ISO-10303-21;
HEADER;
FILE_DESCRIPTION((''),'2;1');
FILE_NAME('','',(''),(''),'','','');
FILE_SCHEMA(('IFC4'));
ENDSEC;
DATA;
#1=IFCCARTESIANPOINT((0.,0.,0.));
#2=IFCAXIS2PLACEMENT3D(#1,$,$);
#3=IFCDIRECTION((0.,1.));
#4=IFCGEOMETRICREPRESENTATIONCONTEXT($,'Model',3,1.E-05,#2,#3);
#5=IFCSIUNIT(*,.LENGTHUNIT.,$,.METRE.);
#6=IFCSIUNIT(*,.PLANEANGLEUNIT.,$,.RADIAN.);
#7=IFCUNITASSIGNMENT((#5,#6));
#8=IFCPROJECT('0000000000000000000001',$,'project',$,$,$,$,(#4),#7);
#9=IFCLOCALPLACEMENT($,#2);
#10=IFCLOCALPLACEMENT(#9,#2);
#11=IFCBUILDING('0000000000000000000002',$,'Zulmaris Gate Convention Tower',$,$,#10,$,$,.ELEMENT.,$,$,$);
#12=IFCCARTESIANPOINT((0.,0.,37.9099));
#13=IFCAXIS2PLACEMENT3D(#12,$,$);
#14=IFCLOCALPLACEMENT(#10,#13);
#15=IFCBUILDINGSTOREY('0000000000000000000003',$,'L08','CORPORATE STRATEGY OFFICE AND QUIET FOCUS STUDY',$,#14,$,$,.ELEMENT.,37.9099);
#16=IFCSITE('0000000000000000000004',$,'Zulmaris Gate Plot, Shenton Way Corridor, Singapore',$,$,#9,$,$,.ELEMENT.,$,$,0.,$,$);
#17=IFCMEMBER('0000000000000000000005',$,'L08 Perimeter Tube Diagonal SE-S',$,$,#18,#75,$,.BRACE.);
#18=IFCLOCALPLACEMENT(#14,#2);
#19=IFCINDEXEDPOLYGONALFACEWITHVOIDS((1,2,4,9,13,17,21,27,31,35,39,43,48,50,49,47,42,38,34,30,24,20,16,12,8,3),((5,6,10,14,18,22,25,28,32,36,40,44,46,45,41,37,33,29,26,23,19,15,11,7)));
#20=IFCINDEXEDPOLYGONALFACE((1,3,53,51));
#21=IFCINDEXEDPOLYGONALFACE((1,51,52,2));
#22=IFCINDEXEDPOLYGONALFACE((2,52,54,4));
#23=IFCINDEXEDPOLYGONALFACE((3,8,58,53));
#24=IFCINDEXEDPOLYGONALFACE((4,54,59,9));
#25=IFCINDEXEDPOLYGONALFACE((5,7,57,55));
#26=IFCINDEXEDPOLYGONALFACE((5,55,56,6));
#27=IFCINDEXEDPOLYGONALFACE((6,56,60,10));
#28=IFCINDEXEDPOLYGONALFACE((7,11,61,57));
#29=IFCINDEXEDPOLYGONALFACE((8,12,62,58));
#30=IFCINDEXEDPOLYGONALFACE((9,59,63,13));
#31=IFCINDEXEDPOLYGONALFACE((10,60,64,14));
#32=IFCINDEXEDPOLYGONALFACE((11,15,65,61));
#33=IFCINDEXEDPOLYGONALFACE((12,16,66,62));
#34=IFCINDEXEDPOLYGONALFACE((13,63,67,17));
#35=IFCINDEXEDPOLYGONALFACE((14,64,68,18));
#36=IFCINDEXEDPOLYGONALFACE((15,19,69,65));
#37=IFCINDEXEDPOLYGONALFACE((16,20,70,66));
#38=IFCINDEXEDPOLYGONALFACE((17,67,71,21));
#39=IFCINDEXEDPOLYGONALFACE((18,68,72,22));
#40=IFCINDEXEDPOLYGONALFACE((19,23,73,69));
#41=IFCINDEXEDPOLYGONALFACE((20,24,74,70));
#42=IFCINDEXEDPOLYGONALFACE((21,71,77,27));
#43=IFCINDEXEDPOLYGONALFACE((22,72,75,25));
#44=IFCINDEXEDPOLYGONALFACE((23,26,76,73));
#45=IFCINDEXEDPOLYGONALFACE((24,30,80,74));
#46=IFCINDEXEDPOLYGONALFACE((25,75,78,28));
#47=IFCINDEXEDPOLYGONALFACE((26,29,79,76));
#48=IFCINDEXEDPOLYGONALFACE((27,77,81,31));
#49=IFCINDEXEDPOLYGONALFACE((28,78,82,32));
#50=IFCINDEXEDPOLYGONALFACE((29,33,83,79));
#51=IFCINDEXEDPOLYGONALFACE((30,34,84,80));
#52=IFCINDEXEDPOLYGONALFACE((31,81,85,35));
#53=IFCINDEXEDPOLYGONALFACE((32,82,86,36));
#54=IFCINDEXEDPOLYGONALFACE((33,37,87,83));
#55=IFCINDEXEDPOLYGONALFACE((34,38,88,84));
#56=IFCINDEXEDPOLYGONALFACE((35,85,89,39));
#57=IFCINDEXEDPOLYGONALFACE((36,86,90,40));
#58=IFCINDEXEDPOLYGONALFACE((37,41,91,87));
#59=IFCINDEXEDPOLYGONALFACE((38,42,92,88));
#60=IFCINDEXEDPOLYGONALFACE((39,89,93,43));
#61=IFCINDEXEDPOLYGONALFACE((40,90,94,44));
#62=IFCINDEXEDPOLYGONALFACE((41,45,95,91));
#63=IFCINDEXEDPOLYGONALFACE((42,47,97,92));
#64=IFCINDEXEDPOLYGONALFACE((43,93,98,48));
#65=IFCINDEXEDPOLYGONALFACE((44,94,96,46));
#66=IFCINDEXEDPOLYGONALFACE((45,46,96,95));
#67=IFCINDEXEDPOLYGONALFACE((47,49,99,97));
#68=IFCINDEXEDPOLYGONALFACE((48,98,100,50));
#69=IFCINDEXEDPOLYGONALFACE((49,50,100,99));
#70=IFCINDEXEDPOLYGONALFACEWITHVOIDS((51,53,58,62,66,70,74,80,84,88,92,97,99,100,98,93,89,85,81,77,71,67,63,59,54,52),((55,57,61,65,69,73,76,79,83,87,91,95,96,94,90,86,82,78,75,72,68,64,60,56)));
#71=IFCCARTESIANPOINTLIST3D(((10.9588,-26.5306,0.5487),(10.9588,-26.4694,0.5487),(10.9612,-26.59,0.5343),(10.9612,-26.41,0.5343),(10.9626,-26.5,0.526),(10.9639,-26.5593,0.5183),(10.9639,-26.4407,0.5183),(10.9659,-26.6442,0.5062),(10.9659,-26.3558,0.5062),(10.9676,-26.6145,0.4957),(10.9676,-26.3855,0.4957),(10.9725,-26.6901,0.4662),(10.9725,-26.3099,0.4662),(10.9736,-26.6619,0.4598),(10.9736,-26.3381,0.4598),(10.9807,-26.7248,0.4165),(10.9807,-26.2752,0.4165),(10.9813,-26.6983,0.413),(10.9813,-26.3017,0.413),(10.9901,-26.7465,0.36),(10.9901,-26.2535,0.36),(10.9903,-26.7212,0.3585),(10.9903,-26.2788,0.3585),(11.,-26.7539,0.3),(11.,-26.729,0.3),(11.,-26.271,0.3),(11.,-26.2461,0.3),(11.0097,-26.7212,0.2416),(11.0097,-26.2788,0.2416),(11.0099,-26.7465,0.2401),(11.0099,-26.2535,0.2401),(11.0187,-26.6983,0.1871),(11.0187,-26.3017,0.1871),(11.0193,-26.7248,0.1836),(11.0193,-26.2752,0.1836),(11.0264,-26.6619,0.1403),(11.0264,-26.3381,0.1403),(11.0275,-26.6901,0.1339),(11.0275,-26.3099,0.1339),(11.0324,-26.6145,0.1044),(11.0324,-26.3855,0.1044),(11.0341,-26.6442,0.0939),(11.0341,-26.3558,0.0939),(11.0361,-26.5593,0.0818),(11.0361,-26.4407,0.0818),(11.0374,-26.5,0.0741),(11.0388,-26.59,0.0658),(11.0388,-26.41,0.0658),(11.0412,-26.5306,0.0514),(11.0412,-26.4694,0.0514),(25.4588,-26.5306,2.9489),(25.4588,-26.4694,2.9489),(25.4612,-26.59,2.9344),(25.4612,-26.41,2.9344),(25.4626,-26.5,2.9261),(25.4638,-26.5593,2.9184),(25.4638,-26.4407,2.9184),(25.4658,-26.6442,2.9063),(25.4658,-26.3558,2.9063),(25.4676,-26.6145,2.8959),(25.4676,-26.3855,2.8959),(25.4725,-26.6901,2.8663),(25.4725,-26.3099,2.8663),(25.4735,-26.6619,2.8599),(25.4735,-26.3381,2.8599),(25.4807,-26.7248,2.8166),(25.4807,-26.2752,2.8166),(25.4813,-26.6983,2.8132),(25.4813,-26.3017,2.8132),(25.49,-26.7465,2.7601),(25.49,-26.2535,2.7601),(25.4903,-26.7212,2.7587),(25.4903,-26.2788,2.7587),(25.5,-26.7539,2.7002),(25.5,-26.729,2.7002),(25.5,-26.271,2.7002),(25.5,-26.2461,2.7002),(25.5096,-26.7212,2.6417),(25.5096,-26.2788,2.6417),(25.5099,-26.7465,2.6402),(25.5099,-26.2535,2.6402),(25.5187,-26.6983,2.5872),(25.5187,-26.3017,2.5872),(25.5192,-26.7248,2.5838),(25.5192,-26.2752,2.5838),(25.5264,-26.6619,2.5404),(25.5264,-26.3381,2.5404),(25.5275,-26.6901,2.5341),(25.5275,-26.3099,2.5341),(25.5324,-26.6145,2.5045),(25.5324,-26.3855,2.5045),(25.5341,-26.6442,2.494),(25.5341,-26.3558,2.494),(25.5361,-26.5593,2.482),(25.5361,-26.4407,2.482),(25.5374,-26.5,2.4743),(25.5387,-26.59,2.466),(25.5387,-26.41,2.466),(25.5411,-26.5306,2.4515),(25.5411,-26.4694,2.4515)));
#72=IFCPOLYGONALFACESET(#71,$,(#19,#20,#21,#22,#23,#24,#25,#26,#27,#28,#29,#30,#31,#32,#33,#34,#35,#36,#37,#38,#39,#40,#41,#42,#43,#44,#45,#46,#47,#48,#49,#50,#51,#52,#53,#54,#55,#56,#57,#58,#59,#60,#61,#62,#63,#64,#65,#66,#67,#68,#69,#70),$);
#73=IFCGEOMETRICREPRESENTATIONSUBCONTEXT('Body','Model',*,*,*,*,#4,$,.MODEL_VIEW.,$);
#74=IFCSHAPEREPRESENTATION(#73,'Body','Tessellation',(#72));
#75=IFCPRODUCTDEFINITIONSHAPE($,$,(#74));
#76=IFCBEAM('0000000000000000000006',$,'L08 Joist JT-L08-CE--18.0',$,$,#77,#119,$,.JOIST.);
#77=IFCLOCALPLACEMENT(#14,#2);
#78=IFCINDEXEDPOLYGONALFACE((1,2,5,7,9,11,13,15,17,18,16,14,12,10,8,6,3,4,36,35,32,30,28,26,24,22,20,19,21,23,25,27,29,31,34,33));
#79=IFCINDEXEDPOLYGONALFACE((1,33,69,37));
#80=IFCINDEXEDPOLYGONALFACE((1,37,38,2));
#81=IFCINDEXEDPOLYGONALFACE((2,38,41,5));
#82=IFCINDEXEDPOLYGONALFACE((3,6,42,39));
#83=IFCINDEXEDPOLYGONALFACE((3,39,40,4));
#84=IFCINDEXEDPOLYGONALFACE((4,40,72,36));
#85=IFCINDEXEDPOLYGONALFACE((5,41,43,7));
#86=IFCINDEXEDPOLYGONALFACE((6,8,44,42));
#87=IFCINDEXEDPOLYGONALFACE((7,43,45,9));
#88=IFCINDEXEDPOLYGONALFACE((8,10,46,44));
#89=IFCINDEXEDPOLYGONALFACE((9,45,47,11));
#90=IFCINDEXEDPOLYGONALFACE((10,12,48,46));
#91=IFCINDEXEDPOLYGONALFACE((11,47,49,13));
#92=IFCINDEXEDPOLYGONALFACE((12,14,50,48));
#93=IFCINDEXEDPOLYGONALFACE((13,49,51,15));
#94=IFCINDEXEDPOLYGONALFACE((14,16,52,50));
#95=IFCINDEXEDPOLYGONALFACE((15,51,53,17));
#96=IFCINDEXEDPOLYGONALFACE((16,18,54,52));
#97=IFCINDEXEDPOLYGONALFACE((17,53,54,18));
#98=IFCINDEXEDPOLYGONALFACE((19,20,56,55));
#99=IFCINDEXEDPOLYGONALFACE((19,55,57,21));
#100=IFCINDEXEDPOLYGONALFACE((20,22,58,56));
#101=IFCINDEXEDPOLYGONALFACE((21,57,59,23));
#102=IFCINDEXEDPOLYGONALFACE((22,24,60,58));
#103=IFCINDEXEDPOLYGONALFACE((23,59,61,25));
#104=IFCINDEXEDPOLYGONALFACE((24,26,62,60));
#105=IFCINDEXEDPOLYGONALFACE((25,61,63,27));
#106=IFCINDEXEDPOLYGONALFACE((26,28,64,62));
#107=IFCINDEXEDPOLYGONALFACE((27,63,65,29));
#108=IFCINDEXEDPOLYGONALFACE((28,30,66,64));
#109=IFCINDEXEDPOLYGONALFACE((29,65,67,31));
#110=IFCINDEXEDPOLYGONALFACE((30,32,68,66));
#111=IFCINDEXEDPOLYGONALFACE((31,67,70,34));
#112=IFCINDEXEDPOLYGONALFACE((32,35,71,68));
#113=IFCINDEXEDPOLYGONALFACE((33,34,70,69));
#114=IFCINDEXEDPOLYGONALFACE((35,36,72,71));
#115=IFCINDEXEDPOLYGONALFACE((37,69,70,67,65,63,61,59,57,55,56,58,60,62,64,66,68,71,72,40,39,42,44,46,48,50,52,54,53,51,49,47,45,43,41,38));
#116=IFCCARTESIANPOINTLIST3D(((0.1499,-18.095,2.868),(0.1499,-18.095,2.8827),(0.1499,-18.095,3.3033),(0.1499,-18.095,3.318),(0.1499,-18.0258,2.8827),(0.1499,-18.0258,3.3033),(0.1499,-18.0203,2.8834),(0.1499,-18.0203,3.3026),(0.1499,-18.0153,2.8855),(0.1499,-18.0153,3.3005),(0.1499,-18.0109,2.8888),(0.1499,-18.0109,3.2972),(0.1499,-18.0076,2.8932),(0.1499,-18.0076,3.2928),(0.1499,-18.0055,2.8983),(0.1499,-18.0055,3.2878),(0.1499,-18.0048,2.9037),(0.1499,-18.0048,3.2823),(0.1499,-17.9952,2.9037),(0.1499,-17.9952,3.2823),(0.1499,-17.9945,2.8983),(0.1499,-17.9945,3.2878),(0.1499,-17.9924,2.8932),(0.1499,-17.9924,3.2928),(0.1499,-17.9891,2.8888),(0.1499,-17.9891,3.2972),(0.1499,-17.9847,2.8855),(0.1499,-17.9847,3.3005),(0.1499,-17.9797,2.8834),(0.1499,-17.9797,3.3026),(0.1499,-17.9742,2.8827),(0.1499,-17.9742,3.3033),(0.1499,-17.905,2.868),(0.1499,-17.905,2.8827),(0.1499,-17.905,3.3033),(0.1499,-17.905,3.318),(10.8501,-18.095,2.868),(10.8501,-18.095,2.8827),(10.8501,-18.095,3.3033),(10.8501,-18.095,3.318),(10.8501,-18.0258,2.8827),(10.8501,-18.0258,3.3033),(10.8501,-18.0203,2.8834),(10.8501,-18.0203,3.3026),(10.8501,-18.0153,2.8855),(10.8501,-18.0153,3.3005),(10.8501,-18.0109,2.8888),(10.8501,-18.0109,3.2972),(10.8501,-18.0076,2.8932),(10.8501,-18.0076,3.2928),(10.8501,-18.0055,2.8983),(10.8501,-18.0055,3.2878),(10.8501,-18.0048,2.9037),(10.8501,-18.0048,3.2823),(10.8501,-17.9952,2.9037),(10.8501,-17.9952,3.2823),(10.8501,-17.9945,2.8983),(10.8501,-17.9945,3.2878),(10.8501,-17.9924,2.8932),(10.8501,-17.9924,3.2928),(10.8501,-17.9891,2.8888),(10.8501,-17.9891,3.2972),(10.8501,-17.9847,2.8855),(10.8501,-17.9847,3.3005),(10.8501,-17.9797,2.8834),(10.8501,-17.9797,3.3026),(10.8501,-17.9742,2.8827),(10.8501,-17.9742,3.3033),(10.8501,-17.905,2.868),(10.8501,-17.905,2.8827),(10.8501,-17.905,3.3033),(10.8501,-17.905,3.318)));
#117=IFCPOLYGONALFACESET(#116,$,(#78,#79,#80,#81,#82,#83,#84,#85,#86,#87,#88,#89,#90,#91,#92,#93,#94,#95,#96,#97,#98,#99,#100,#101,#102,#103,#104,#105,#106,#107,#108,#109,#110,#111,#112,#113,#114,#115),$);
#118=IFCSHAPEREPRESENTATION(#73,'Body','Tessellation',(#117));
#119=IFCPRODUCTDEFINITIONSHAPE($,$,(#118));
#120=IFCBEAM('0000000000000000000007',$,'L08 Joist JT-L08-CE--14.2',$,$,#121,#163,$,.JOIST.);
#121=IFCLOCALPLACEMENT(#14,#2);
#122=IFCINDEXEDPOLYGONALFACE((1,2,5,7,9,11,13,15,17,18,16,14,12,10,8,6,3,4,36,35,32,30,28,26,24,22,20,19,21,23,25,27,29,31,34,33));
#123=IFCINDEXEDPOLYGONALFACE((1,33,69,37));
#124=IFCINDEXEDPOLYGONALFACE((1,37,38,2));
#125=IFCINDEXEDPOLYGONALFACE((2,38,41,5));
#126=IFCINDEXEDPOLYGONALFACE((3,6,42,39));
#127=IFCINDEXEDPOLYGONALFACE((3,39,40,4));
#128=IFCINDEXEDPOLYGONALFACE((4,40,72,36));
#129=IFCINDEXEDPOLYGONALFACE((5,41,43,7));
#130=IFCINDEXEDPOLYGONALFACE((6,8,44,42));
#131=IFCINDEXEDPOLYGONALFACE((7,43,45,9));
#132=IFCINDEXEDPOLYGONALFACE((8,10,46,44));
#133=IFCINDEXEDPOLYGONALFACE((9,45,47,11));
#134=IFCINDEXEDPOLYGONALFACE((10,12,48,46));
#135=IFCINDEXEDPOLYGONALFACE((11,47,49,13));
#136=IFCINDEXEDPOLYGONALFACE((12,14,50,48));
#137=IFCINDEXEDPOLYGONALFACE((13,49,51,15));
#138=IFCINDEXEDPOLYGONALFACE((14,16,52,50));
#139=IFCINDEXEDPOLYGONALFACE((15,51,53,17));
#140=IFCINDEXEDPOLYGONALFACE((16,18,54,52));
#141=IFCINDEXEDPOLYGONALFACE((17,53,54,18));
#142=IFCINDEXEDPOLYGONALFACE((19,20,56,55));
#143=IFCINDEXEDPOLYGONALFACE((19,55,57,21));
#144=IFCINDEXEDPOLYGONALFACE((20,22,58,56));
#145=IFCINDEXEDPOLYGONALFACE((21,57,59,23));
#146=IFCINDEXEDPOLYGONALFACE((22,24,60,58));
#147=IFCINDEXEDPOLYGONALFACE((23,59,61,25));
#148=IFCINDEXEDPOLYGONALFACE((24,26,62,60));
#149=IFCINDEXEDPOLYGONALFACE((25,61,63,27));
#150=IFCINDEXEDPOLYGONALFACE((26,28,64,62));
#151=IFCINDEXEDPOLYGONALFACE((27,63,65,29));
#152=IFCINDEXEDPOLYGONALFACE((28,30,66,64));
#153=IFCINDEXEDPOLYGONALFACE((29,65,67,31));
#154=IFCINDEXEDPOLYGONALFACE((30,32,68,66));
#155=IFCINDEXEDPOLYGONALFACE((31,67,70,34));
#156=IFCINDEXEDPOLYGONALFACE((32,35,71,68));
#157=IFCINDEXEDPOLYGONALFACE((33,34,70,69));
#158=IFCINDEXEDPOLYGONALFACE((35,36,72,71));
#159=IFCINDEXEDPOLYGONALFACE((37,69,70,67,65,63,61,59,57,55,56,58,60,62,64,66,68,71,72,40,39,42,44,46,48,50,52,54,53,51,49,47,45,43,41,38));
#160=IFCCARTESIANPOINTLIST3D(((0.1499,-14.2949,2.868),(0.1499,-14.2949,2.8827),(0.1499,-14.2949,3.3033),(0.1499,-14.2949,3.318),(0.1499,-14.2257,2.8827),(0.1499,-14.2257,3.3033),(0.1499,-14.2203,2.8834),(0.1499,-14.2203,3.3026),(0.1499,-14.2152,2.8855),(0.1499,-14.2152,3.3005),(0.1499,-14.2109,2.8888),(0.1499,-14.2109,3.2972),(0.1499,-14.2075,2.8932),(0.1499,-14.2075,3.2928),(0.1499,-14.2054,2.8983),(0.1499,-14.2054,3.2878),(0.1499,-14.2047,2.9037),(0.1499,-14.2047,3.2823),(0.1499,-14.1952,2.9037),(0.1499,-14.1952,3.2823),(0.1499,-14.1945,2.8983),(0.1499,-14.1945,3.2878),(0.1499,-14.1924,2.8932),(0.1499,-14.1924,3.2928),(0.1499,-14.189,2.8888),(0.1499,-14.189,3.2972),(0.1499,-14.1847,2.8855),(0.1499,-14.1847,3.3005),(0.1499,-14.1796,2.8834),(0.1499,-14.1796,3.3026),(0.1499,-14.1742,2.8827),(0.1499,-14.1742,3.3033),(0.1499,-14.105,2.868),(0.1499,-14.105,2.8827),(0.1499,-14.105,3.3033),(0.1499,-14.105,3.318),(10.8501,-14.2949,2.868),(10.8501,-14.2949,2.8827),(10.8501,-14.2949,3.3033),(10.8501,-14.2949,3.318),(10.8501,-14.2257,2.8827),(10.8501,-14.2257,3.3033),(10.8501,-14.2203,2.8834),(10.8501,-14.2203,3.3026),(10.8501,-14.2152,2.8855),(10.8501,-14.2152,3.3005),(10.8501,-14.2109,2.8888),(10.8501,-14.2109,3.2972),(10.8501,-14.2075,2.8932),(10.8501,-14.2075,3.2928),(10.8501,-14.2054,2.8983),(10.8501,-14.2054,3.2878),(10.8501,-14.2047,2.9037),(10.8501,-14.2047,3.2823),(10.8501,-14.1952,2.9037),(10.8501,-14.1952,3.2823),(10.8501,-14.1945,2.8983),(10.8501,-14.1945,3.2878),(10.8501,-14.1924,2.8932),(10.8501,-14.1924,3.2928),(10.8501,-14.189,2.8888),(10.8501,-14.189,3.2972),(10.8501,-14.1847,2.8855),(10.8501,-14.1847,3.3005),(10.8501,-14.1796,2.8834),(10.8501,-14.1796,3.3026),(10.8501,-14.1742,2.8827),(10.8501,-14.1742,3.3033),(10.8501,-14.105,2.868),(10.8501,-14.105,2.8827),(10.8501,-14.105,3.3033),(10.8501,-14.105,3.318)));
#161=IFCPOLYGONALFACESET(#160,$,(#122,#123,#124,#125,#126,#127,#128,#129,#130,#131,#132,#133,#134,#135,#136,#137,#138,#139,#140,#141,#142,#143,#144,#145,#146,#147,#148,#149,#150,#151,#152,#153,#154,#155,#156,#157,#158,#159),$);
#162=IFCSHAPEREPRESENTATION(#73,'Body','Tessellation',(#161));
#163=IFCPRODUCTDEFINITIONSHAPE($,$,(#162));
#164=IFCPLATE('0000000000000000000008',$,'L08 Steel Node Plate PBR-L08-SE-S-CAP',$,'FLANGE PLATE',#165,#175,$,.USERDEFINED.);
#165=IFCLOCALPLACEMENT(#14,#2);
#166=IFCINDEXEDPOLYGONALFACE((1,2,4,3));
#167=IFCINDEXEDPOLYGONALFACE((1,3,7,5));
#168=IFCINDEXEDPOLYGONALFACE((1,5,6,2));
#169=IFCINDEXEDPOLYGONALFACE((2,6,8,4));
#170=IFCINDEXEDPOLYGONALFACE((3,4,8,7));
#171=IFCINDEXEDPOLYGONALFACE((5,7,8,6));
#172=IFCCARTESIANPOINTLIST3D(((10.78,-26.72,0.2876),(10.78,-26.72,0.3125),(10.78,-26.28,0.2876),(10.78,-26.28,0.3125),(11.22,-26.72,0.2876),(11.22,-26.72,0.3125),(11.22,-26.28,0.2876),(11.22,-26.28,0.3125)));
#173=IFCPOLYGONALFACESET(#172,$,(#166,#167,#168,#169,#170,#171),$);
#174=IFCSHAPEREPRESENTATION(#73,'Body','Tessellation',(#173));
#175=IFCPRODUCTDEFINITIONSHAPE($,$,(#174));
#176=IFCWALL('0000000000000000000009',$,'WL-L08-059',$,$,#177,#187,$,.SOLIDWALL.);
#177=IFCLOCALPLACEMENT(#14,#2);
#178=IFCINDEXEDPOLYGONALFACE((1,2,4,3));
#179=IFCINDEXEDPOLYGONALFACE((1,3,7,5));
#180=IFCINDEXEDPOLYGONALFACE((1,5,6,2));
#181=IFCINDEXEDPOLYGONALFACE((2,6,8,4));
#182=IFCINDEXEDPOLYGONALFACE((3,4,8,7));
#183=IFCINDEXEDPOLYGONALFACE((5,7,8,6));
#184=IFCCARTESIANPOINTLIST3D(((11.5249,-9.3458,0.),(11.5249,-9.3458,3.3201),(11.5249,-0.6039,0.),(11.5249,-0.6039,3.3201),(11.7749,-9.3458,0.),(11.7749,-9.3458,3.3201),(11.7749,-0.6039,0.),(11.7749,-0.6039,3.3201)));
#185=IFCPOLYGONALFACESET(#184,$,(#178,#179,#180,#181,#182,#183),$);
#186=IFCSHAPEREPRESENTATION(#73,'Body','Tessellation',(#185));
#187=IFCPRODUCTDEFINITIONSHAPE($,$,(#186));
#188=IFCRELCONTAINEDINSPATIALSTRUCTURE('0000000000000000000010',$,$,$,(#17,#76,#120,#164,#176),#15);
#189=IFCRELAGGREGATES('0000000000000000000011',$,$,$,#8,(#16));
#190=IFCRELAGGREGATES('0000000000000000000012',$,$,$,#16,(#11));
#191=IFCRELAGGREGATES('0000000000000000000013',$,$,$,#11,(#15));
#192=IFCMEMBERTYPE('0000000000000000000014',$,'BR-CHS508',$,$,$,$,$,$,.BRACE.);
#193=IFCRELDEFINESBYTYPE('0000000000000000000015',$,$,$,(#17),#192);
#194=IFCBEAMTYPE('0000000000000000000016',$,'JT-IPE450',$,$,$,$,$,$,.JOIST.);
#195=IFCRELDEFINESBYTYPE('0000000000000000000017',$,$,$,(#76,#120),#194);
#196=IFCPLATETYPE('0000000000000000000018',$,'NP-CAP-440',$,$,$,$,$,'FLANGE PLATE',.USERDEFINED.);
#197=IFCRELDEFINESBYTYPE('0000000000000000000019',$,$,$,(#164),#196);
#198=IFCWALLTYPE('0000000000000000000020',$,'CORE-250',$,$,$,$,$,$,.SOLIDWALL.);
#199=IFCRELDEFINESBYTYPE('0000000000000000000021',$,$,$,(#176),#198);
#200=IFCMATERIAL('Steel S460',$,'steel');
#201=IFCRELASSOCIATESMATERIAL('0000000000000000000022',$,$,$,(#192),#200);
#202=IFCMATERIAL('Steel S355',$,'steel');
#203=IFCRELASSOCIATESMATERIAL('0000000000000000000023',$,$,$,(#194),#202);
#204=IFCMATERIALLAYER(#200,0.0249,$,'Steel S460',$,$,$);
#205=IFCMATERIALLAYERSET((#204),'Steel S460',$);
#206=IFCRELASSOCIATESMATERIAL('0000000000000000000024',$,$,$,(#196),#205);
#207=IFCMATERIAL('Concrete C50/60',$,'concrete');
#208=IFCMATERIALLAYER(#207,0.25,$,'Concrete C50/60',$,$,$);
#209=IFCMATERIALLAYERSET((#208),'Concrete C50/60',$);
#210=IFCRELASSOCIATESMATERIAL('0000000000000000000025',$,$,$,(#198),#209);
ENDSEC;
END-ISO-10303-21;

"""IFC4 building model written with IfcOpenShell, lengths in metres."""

from ifc_helpers import new_model, si_unit, direction, frame, frame_2d, origin, origin_2d, place, context, subcontext, project, spatial, rectangle, hollow_circle, i_section, extrude, material, layer, layer_set, material_profile, profile_set, type_object, element, save


model = new_model("IFC4")

# Units and contexts
model_context = context("Model", 3, precision=1e-05, world=origin(), true_north=direction((0.0, 1.0)))
body_context = subcontext(model_context, "Body", "Model", "MODEL_VIEW")
ifc_project = project(units=[si_unit("LENGTHUNIT", "METRE"), si_unit("PLANEANGLEUNIT", "RADIAN")], contexts=[model_context])

# Site, building, storey
site_placement = place(None, origin())
site = spatial("IfcSite", under=ifc_project, at=site_placement, Name="Zulmaris Gate Plot, Shenton Way Corridor, Singapore", CompositionType="ELEMENT", RefElevation=0.0)
building_placement = place(site_placement, origin())
building = spatial("IfcBuilding", under=site, at=building_placement, Name="Zulmaris Gate Convention Tower", CompositionType="ELEMENT")
storey_placement = place(building_placement, frame((0.0, 0.0, 37.9099)))
storey = spatial("IfcBuildingStorey", under=building, at=storey_placement, Name="L08", Description="CORPORATE STRATEGY OFFICE AND QUIET FOCUS STUDY", CompositionType="ELEMENT", Elevation=37.9099)

# Shared definitions
ifc_material_1 = material(Name="Steel S355", Category="steel")

# Member
ifc_material_2 = material(Name="Steel S460", Category="steel")
ifc_material_profile_1 = material_profile(ifc_material_2, hollow_circle(Radius=0.2539, WallThickness=0.0249, at=origin_2d()), Name="CHS 508x25")
ifc_profile_set_1 = profile_set([ifc_material_profile_1], Name="Steel S460")
member_type = type_object("IfcMemberType", Name="BR-CHS508", PredefinedType="BRACE", material=ifc_profile_set_1)
member_placement = place(storey_placement, frame((11.0, -26.5, 0.3), z_axis=(0.986576, 0.0, 0.163305), x_axis=(0.0, 1.0, 0.0)))
element("IfcMember", 1, at=member_placement, inside=storey, type_object=member_type, Name="L08 Perimeter Tube Diagonal SE-S", PredefinedType="BRACE", context=body_context, shape_type="SweptSolid", body=[
    extrude(hollow_circle(Radius=0.2539, WallThickness=0.0249, at=origin_2d()), origin(), (0.0, 0.0, 1.0), 14.6973),
])

# Beams
ifc_material_profile_2 = material_profile(ifc_material_1, i_section(OverallWidth=0.1899, OverallDepth=0.45, WebThickness=0.0095, FlangeThickness=0.0146, FilletRadius=0.021, at=origin_2d()), Name="IPE 450")
ifc_profile_set_2 = profile_set([ifc_material_profile_2], Name="Steel S355")
beam_type_1 = type_object("IfcBeamType", Name="JT-IPE450", PredefinedType="JOIST", material=ifc_profile_set_2)
for number, where, z_axis, x_axis, name in (
    (2, (0.1499, -18.0, 3.093), (1.0, 0.0, 0.0), (0.0, 1.0, 0.0), "L08 Joist JT-L08-CE--18.0"),
    (3, (0.1499, -14.2, 3.093), (1.0, 0.0, 0.0), (0.0, 1.0, 0.0), "L08 Joist JT-L08-CE--14.2"),
):
    element("IfcBeam", number, at=place(storey_placement, frame(where, z_axis=z_axis, x_axis=x_axis)), inside=storey, type_object=beam_type_1, Name=name, PredefinedType="JOIST", context=body_context, shape_type="SweptSolid", body=[
        extrude(i_section(OverallWidth=0.1899, OverallDepth=0.45, WebThickness=0.0095, FlangeThickness=0.0146, FilletRadius=0.021, at=origin_2d()), origin(), (0.0, 0.0, 1.0), 10.7002),
    ])

# Plate
ifc_layer_1 = layer(ifc_material_2, 0.0249, Name="Steel S460")
ifc_layer_set_1 = layer_set([ifc_layer_1], Name="Steel S460")
plate_type = type_object("IfcPlateType", Name="NP-CAP-440", ElementType="FLANGE PLATE", PredefinedType="USERDEFINED", material=ifc_layer_set_1)
plate_placement = place(storey_placement, frame((11.0, -26.5, 0.2876), z_axis=(0.0, 0.0, 1.0), x_axis=(1.0, 0.0, 0.0)))
element("IfcPlate", 4, at=plate_placement, inside=storey, type_object=plate_type, Name="L08 Steel Node Plate PBR-L08-SE-S-CAP", ObjectType="FLANGE PLATE", PredefinedType="USERDEFINED", context=body_context, shape_type="SweptSolid", body=[
    extrude(rectangle(XDim=0.4399, YDim=0.4399, at=origin_2d()), origin(), (0.0, 0.0, 1.0), 0.0249),
])

# Wall
ifc_material_3 = material(Name="Concrete C50/60", Category="concrete")
ifc_layer_2 = layer(ifc_material_3, 0.25, Name="Concrete C50/60")
ifc_layer_set_2 = layer_set([ifc_layer_2], Name="Concrete C50/60")
wall_type_1 = type_object("IfcWallType", Name="CORE-250", PredefinedType="SOLIDWALL", material=ifc_layer_set_2)
wall_1_placement = place(storey_placement, frame((11.6499, -9.3459, 0.0), z_axis=(0.0, 0.0, 1.0), x_axis=(0.0, 1.0, 0.0)))
element("IfcWall", 5, at=wall_1_placement, inside=storey, type_object=wall_type_1, Name="WL-L08-059", PredefinedType="SOLIDWALL", context=body_context, shape_type="SweptSolid", body=[
    extrude(rectangle(XDim=8.7419, YDim=0.25, at=frame_2d((4.3711, 0.0))), origin(), (0.0, 0.0, 1.0), 3.3201),
])

save(model, "model.ifc")
